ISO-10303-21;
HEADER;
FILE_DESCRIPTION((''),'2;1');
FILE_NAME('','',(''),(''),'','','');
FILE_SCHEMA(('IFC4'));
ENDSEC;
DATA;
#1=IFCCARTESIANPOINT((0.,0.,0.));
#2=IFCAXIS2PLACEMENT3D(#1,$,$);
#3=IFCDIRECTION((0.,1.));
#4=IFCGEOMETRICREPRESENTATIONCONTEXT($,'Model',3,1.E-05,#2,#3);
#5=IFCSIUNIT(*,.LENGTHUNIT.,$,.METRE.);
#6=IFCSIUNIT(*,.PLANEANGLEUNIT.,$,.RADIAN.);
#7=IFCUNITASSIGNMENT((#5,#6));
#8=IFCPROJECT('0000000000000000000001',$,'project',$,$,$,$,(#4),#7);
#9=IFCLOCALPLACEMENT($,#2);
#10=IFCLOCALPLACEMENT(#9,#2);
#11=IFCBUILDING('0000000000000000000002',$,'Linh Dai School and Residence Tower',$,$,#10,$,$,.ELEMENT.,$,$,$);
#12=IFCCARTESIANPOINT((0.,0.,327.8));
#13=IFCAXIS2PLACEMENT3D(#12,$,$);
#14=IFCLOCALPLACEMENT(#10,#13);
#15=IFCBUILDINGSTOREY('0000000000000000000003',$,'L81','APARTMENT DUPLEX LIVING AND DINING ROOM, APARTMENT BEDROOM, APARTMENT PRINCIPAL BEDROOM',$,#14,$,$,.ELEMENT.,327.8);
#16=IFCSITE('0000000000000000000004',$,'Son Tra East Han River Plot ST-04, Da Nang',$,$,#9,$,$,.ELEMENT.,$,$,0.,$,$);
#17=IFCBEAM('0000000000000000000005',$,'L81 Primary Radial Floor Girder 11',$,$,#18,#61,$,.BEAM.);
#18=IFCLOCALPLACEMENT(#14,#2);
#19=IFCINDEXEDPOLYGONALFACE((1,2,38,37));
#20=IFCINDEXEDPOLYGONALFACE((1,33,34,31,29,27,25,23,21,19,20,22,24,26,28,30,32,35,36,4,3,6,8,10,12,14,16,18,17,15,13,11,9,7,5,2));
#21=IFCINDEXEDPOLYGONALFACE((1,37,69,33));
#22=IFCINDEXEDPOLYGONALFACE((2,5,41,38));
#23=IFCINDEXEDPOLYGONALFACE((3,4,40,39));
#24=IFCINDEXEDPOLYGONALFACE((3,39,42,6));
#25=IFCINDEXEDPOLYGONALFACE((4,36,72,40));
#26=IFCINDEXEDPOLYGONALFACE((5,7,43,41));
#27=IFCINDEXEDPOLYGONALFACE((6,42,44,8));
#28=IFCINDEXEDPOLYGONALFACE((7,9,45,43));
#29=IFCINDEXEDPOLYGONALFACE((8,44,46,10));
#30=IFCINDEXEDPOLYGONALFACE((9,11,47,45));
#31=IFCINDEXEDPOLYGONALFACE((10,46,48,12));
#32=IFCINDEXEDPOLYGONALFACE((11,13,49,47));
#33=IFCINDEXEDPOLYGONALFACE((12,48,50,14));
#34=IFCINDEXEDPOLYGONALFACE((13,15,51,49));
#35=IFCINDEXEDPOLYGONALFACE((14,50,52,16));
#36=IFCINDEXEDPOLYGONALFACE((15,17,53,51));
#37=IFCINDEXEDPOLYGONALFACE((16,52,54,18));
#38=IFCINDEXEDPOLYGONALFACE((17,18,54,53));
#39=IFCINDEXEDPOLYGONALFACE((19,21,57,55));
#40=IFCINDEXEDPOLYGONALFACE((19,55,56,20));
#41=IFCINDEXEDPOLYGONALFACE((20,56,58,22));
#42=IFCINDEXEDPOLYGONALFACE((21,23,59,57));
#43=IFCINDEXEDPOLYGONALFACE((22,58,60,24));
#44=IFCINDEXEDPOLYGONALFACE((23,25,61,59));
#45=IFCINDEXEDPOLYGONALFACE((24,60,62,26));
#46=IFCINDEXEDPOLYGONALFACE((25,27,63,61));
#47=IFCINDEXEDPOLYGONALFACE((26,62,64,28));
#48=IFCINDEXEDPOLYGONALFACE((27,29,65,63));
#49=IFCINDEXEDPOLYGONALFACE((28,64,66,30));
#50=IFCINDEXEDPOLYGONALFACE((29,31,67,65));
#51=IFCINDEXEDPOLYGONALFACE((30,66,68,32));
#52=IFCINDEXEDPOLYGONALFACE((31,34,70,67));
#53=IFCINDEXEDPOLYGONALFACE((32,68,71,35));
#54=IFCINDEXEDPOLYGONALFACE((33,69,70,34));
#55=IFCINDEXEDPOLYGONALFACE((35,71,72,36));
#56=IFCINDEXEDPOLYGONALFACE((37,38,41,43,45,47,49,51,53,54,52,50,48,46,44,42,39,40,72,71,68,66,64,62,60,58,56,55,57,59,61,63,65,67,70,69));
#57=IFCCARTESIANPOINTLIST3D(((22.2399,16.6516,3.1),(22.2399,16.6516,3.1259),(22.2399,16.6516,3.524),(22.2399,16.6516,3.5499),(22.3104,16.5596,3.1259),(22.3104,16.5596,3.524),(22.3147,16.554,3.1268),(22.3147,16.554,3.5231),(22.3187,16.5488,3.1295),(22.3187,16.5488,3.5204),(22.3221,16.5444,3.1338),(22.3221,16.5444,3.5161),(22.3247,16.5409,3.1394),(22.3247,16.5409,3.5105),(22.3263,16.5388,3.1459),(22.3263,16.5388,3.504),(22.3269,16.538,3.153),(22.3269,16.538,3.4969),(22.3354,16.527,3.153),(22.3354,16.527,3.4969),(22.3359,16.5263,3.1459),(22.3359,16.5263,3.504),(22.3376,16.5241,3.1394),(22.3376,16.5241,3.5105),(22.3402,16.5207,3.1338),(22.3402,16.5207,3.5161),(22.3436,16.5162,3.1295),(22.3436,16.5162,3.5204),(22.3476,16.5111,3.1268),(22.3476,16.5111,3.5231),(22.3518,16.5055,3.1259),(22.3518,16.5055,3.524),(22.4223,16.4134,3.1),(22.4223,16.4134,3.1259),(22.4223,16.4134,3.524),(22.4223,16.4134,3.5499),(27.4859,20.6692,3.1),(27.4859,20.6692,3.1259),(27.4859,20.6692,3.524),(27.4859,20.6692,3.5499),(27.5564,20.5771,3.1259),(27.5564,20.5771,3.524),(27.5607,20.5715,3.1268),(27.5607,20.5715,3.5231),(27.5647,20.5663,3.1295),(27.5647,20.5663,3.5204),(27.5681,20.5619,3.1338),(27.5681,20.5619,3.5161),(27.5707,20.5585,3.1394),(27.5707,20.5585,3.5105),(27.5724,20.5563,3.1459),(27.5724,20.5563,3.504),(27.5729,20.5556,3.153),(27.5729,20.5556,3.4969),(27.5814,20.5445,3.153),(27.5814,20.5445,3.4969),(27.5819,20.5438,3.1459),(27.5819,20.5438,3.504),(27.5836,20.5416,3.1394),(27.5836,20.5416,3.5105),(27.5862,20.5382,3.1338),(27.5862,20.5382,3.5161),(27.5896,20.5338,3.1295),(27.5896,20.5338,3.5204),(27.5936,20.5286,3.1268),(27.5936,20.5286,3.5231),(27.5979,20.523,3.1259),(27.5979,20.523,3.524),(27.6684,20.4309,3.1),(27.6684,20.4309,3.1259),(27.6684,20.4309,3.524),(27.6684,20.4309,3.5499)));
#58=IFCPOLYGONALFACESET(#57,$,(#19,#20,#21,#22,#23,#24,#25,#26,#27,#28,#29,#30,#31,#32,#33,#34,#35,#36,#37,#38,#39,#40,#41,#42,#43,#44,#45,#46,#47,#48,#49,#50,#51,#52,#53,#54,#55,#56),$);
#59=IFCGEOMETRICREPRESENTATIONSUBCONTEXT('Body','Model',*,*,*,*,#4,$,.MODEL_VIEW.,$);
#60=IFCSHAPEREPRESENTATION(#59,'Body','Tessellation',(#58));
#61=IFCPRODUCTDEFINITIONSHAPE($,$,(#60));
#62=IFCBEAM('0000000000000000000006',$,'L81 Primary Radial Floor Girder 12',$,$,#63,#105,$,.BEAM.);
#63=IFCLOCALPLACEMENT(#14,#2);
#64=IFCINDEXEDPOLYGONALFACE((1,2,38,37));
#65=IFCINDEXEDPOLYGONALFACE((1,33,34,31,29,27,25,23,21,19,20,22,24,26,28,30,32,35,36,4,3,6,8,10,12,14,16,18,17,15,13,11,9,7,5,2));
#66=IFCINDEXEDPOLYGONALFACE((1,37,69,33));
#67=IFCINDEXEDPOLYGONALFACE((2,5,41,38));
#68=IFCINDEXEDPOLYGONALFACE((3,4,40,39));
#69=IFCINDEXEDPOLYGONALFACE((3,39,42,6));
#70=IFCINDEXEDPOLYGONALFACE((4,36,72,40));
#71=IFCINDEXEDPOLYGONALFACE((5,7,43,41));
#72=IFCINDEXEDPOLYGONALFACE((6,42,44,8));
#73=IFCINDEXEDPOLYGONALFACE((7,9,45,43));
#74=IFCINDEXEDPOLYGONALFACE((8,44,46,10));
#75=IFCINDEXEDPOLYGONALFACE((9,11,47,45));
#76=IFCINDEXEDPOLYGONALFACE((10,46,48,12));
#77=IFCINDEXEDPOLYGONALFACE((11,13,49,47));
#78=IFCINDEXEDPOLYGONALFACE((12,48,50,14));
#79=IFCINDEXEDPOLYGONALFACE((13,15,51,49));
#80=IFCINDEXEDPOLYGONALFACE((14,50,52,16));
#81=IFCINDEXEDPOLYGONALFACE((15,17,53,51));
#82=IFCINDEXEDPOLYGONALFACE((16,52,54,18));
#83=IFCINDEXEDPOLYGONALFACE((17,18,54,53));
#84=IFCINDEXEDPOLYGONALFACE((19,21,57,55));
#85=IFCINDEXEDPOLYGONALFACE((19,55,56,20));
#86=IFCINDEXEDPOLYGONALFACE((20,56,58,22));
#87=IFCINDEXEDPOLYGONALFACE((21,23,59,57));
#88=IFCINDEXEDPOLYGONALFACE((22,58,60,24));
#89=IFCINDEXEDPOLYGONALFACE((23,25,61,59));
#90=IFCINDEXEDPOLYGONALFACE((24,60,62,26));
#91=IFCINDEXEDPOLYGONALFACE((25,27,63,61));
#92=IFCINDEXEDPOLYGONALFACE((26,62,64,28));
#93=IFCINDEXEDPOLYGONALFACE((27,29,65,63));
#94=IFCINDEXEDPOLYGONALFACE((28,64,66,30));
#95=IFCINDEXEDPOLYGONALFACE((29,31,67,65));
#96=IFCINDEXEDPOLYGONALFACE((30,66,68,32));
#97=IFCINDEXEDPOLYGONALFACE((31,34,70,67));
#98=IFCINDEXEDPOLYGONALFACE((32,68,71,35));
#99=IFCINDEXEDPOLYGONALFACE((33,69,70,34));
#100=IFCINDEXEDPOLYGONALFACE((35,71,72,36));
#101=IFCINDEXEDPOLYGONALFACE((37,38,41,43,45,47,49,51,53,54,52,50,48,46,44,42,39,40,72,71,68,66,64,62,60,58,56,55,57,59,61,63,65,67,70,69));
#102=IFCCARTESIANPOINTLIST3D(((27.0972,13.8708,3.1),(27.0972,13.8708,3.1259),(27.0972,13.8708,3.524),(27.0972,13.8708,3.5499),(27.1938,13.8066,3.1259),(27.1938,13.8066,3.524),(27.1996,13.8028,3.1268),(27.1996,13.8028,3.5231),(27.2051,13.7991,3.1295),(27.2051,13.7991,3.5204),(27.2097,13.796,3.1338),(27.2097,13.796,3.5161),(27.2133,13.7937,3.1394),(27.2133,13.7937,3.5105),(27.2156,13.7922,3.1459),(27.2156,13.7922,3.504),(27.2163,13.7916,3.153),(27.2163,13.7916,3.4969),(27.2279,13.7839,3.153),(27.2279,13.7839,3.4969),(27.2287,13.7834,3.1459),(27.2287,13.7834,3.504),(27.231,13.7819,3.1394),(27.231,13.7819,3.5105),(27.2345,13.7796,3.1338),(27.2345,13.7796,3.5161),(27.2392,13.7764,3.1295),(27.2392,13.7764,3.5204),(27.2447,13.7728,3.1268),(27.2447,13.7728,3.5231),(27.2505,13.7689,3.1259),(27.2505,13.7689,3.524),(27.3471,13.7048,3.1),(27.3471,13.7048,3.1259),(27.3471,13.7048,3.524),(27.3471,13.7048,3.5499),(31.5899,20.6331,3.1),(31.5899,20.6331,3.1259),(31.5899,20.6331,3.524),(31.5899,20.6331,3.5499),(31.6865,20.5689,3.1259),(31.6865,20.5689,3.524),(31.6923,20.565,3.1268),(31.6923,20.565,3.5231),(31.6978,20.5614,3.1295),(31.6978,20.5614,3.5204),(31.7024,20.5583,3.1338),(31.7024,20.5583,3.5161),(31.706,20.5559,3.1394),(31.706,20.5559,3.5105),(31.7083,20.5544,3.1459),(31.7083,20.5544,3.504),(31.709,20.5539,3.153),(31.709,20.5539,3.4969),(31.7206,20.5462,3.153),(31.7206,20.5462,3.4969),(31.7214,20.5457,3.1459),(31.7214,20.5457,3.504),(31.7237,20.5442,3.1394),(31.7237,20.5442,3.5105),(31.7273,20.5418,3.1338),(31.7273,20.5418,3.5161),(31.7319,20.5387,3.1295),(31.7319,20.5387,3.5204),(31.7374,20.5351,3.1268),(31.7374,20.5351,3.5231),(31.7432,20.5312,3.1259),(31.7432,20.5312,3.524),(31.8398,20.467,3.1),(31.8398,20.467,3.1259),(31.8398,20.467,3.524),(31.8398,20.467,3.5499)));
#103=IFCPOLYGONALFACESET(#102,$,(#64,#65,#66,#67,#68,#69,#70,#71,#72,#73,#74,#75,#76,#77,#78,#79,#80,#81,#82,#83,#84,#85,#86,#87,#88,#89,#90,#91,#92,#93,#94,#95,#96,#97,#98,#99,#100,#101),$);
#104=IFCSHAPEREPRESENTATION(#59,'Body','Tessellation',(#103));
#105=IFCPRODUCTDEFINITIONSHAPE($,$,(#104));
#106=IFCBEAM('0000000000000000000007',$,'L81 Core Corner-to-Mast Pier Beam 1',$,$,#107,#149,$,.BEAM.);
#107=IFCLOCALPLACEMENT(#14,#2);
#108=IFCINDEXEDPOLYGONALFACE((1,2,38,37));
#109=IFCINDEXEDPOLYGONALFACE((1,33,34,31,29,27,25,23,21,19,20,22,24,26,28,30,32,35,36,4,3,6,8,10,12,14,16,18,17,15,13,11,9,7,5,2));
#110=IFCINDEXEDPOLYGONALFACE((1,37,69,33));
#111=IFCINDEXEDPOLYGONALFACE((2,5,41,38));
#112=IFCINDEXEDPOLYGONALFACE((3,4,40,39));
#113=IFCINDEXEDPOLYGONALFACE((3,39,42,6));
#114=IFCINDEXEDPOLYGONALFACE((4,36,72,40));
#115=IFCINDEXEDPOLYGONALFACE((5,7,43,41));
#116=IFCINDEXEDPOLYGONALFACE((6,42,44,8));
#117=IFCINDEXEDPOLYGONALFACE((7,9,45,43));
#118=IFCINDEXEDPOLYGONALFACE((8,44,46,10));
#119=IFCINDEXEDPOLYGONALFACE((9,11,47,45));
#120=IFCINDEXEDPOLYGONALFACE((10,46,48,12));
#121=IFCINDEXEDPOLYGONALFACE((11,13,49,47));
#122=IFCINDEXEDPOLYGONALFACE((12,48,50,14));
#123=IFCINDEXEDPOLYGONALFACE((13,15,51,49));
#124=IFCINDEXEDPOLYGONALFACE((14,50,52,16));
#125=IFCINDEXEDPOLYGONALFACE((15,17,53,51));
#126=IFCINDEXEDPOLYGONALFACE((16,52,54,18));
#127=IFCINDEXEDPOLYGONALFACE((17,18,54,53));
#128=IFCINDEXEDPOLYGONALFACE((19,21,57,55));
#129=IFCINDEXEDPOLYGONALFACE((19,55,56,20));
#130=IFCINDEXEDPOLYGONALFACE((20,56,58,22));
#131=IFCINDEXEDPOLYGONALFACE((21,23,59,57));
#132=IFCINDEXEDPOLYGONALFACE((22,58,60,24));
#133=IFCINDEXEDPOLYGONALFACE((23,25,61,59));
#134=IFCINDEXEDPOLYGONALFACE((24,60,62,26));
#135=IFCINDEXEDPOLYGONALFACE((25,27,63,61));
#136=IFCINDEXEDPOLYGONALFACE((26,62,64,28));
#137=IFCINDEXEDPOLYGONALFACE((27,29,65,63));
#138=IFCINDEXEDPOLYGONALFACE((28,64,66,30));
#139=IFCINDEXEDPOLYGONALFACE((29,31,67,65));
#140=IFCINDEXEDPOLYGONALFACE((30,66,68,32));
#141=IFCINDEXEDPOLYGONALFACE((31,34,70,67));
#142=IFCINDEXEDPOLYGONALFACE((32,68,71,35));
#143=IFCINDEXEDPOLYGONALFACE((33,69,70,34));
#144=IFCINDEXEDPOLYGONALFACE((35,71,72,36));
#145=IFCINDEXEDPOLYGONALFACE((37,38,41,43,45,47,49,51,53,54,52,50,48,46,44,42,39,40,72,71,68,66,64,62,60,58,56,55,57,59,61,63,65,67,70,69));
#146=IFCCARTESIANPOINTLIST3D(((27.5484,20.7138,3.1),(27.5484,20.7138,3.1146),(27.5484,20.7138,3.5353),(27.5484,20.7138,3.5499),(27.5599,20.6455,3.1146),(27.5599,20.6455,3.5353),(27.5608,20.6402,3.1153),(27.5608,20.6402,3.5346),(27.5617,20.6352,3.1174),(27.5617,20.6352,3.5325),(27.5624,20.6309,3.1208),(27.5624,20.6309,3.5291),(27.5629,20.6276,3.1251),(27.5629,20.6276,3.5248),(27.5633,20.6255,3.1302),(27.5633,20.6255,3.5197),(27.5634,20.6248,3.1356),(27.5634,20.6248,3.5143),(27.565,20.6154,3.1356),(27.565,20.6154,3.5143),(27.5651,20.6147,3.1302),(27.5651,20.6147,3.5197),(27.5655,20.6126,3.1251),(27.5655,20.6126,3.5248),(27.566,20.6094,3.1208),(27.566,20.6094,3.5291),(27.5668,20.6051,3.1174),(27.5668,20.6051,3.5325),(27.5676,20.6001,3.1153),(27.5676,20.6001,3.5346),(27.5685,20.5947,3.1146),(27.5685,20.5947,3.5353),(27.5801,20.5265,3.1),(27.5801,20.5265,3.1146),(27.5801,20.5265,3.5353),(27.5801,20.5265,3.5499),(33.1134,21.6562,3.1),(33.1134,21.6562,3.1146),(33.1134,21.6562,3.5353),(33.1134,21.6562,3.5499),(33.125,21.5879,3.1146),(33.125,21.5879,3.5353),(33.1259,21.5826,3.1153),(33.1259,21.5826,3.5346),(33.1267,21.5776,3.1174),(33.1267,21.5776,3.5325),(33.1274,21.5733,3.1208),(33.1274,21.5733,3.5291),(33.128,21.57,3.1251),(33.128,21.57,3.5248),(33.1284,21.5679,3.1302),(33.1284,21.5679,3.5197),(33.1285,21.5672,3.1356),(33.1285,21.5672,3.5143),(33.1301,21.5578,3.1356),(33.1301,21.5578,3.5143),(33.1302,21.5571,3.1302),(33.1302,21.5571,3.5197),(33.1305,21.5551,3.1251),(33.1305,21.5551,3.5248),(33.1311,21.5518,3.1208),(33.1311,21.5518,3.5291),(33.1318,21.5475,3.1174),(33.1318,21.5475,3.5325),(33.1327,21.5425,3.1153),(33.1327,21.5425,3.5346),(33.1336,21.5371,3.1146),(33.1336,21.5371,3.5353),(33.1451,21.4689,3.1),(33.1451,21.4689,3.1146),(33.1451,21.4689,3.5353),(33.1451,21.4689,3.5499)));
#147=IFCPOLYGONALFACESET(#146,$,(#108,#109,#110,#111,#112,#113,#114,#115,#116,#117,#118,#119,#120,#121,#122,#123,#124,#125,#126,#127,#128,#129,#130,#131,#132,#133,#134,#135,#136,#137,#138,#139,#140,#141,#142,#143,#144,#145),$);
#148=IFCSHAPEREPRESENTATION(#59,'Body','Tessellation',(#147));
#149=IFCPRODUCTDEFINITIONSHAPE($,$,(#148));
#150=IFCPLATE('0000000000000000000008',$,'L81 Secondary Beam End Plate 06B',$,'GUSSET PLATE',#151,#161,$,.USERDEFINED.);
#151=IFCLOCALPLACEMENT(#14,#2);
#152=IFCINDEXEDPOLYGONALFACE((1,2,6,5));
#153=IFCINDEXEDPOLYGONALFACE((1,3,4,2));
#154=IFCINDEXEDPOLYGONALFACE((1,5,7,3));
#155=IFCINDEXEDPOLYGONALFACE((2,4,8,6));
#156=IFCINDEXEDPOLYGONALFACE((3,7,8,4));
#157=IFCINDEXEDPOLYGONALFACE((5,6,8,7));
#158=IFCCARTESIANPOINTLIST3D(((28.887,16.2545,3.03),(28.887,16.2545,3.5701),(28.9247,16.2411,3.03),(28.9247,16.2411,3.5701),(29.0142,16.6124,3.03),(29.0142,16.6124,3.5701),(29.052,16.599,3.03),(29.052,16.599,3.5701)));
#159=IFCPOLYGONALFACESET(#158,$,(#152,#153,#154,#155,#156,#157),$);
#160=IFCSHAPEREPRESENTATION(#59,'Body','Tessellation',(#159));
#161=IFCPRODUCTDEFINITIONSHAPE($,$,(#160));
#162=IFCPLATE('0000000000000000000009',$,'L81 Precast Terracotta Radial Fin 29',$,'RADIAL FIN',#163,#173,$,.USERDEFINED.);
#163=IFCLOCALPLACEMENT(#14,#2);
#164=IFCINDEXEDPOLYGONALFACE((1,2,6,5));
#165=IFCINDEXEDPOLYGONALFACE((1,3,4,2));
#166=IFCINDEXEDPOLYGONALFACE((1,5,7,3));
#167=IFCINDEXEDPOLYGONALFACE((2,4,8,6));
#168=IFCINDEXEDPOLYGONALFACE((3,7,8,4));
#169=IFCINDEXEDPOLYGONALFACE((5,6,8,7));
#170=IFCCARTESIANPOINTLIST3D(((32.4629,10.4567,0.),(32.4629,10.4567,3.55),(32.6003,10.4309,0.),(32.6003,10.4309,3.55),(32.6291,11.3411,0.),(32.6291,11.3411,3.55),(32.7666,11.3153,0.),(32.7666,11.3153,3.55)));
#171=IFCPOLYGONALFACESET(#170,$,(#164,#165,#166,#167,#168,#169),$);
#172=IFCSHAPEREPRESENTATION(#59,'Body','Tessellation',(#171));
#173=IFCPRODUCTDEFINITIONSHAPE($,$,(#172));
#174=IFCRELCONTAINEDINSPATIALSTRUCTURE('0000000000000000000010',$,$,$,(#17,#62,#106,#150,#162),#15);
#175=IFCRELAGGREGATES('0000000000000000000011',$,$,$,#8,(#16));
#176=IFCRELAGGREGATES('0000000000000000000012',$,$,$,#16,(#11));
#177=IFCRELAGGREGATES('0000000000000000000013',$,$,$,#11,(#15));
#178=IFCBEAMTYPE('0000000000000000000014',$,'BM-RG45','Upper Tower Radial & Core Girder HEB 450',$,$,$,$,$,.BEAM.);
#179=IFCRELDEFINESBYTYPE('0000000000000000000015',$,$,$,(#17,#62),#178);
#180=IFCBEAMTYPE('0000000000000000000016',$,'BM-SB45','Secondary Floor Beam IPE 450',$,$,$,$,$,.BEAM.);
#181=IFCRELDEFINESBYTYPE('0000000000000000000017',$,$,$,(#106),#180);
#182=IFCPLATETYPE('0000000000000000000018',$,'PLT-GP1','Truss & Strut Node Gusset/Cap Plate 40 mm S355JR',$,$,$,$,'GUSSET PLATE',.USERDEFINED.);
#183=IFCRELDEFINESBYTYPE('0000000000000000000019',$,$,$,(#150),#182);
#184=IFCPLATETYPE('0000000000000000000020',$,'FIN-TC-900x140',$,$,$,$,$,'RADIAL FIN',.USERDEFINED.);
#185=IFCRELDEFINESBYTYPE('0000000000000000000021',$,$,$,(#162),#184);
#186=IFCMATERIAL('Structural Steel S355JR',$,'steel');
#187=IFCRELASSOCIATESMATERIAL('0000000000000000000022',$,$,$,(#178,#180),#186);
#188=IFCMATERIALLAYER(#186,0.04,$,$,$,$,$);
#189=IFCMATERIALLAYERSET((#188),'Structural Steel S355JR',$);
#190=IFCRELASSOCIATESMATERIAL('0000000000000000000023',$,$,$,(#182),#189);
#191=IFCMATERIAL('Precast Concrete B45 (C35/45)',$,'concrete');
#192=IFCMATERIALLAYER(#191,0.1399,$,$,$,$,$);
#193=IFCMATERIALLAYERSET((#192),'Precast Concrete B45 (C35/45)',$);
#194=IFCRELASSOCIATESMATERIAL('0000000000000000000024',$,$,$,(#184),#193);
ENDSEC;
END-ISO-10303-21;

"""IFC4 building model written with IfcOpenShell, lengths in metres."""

from ifc_helpers import new_model, si_unit, direction, frame, origin, origin_2d, place, context, subcontext, project, spatial, rectangle, i_section, extrude, source, transform, mapped, material, layer, layer_set, material_profile, profile_set, type_object, element, save


model = new_model("IFC4")

# Units and contexts
model_context = context("Model", 3, precision=1e-05, world=origin(), true_north=direction((0.0, 1.0)))
body_context = subcontext(model_context, "Body", "Model", "MODEL_VIEW")
ifc_project = project(units=[si_unit("LENGTHUNIT", "METRE"), si_unit("PLANEANGLEUNIT", "RADIAN")], contexts=[model_context])

# Site, building, storey
site_placement = place(None, origin())
site = spatial("IfcSite", under=ifc_project, at=site_placement, Name="Son Tra East Han River Plot ST-04, Da Nang", CompositionType="ELEMENT", RefElevation=0.0)
building_placement = place(site_placement, origin())
building = spatial("IfcBuilding", under=site, at=building_placement, Name="Linh Dai School and Residence Tower", CompositionType="ELEMENT")
storey_placement = place(building_placement, frame((0.0, 0.0, 327.8)))
storey = spatial("IfcBuildingStorey", under=building, at=storey_placement, Name="L81", Description="APARTMENT DUPLEX LIVING AND DINING ROOM, APARTMENT BEDROOM, APARTMENT PRINCIPAL BEDROOM", CompositionType="ELEMENT", Elevation=327.8)

# Shared definitions
ifc_material_1 = material(Name="Structural Steel S355JR", Category="steel")

# Beams
ifc_material_profile_1 = material_profile(ifc_material_1, i_section(OverallWidth=0.3, OverallDepth=0.45, WebThickness=0.0139, FlangeThickness=0.0259, FilletRadius=0.0271, at=origin_2d()), Name="HEB 450")
ifc_profile_set_1 = profile_set([ifc_material_profile_1], Name="Structural Steel S355JR")
beam_type_1 = type_object("IfcBeamType", Name="BM-RG45", Description="Upper Tower Radial & Core Girder HEB 450", PredefinedType="BEAM", material=ifc_profile_set_1)
beam_1_placement = place(storey_placement, frame((27.5771, 20.55, 3.325), z_axis=(-0.79393, -0.608009, 0.0), x_axis=(0.608009, -0.79393, 0.0)))
element("IfcBeam", 1, at=beam_1_placement, inside=storey, type_object=beam_type_1, Name="L81 Primary Radial Floor Girder 11", PredefinedType="BEAM", context=body_context, shape_type="SweptSolid", body=[
    extrude(i_section(OverallWidth=0.3, OverallDepth=0.45, WebThickness=0.0139, FlangeThickness=0.0259, FilletRadius=0.0271, at=origin_2d()), origin(), (0.0, 0.0, 1.0), 6.6077),
])
beam_2_placement = place(storey_placement, frame((31.7148, 20.55, 3.325), z_axis=(-0.553381, -0.832928, 0.0), x_axis=(0.832928, -0.553381, 0.0)))
element("IfcBeam", 2, at=beam_2_placement, inside=storey, type_object=beam_type_1, Name="L81 Primary Radial Floor Girder 12", PredefinedType="BEAM", context=body_context, shape_type="SweptSolid", body=[
    extrude(i_section(OverallWidth=0.3, OverallDepth=0.45, WebThickness=0.0139, FlangeThickness=0.0259, FilletRadius=0.0271, at=origin_2d()), origin(), (0.0, 0.0, 1.0), 8.1187),
])
ifc_material_profile_2 = material_profile(ifc_material_1, i_section(OverallWidth=0.1899, OverallDepth=0.45, WebThickness=0.0095, FlangeThickness=0.0146, FilletRadius=0.021, at=origin_2d()), Name="IPE 450")
ifc_profile_set_2 = profile_set([ifc_material_profile_2], Name="Structural Steel S355JR")
beam_type_2 = type_object("IfcBeamType", Name="BM-SB45", Description="Secondary Floor Beam IPE 450", PredefinedType="BEAM", material=ifc_profile_set_2)
beam_3_placement = place(storey_placement, frame((27.5642, 20.6201, 3.325), z_axis=(0.985963, 0.166966, 0.0), x_axis=(-0.166966, 0.985963, 0.0)))
element("IfcBeam", 3, at=beam_3_placement, inside=storey, type_object=beam_type_2, Name="L81 Core Corner-to-Mast Pier Beam 1", PredefinedType="BEAM", context=body_context, shape_type="SweptSolid", body=[
    extrude(i_section(OverallWidth=0.1899, OverallDepth=0.45, WebThickness=0.0095, FlangeThickness=0.0146, FilletRadius=0.021, at=origin_2d()), origin(), (0.0, 0.0, 1.0), 5.6443),
])

# Plates
ifc_layer_1 = layer(ifc_material_1, 0.04)
ifc_layer_set_1 = layer_set([ifc_layer_1], Name="Structural Steel S355JR")
plate_type_1 = type_object("IfcPlateType", Name="PLT-GP1", Description="Truss & Strut Node Gusset/Cap Plate 40 mm S355JR", ElementType="GUSSET PLATE", PredefinedType="USERDEFINED", material=ifc_layer_set_1)
shared_shape_1 = source(origin(), body_context, "Body", "SweptSolid", [
    extrude(rectangle(XDim=0.04, YDim=0.3799, at=origin_2d()), origin(), (0.0, 0.0, 1.0), 0.54),
])
plate_1_placement = place(storey_placement, frame((28.9695, 16.4268, 3.03), z_axis=(0.0, 0.0, 1.0), x_axis=(0.942251, -0.334909, 0.0)))
element("IfcPlate", 4, at=plate_1_placement, inside=storey, type_object=plate_type_1, Name="L81 Secondary Beam End Plate 06B", ObjectType="GUSSET PLATE", PredefinedType="USERDEFINED", context=body_context, shape_type="MappedRepresentation", body=[
    mapped(shared_shape_1, transform((0.0, 0.0, 0.0), x_axis=(1.0, 0.0, 0.0), y_axis=(0.0, 1.0, 0.0), z_axis=(0.0, 0.0, 1.0), scale=1.0)),
])
ifc_material_2 = material(Name="Precast Concrete B45 (C35/45)", Category="concrete")
ifc_layer_2 = layer(ifc_material_2, 0.1399)
ifc_layer_set_2 = layer_set([ifc_layer_2], Name="Precast Concrete B45 (C35/45)")
plate_type_2 = type_object("IfcPlateType", Name="FIN-TC-900x140", ElementType="RADIAL FIN", PredefinedType="USERDEFINED", material=ifc_layer_set_2)
shared_shape_2 = source(origin(), body_context, "Body", "SweptSolid", [
    extrude(rectangle(XDim=0.8999, YDim=0.1399, at=origin_2d()), origin(), (0.0, 0.0, 1.0), 3.55),
])
plate_2_placement = place(storey_placement, frame((32.6147, 10.886, 0.0), z_axis=(0.0, 0.0, 1.0), x_axis=(-0.184785, -0.982779, 0.0)))
element("IfcPlate", 5, at=plate_2_placement, inside=storey, type_object=plate_type_2, Name="L81 Precast Terracotta Radial Fin 29", ObjectType="RADIAL FIN", PredefinedType="USERDEFINED", context=body_context, shape_type="MappedRepresentation", body=[
    mapped(shared_shape_2, transform((0.0, 0.0, 0.0), x_axis=(1.0, 0.0, 0.0), y_axis=(0.0, 1.0, 0.0), z_axis=(0.0, 0.0, 1.0), scale=1.0)),
])

save(model, "model.ifc")
